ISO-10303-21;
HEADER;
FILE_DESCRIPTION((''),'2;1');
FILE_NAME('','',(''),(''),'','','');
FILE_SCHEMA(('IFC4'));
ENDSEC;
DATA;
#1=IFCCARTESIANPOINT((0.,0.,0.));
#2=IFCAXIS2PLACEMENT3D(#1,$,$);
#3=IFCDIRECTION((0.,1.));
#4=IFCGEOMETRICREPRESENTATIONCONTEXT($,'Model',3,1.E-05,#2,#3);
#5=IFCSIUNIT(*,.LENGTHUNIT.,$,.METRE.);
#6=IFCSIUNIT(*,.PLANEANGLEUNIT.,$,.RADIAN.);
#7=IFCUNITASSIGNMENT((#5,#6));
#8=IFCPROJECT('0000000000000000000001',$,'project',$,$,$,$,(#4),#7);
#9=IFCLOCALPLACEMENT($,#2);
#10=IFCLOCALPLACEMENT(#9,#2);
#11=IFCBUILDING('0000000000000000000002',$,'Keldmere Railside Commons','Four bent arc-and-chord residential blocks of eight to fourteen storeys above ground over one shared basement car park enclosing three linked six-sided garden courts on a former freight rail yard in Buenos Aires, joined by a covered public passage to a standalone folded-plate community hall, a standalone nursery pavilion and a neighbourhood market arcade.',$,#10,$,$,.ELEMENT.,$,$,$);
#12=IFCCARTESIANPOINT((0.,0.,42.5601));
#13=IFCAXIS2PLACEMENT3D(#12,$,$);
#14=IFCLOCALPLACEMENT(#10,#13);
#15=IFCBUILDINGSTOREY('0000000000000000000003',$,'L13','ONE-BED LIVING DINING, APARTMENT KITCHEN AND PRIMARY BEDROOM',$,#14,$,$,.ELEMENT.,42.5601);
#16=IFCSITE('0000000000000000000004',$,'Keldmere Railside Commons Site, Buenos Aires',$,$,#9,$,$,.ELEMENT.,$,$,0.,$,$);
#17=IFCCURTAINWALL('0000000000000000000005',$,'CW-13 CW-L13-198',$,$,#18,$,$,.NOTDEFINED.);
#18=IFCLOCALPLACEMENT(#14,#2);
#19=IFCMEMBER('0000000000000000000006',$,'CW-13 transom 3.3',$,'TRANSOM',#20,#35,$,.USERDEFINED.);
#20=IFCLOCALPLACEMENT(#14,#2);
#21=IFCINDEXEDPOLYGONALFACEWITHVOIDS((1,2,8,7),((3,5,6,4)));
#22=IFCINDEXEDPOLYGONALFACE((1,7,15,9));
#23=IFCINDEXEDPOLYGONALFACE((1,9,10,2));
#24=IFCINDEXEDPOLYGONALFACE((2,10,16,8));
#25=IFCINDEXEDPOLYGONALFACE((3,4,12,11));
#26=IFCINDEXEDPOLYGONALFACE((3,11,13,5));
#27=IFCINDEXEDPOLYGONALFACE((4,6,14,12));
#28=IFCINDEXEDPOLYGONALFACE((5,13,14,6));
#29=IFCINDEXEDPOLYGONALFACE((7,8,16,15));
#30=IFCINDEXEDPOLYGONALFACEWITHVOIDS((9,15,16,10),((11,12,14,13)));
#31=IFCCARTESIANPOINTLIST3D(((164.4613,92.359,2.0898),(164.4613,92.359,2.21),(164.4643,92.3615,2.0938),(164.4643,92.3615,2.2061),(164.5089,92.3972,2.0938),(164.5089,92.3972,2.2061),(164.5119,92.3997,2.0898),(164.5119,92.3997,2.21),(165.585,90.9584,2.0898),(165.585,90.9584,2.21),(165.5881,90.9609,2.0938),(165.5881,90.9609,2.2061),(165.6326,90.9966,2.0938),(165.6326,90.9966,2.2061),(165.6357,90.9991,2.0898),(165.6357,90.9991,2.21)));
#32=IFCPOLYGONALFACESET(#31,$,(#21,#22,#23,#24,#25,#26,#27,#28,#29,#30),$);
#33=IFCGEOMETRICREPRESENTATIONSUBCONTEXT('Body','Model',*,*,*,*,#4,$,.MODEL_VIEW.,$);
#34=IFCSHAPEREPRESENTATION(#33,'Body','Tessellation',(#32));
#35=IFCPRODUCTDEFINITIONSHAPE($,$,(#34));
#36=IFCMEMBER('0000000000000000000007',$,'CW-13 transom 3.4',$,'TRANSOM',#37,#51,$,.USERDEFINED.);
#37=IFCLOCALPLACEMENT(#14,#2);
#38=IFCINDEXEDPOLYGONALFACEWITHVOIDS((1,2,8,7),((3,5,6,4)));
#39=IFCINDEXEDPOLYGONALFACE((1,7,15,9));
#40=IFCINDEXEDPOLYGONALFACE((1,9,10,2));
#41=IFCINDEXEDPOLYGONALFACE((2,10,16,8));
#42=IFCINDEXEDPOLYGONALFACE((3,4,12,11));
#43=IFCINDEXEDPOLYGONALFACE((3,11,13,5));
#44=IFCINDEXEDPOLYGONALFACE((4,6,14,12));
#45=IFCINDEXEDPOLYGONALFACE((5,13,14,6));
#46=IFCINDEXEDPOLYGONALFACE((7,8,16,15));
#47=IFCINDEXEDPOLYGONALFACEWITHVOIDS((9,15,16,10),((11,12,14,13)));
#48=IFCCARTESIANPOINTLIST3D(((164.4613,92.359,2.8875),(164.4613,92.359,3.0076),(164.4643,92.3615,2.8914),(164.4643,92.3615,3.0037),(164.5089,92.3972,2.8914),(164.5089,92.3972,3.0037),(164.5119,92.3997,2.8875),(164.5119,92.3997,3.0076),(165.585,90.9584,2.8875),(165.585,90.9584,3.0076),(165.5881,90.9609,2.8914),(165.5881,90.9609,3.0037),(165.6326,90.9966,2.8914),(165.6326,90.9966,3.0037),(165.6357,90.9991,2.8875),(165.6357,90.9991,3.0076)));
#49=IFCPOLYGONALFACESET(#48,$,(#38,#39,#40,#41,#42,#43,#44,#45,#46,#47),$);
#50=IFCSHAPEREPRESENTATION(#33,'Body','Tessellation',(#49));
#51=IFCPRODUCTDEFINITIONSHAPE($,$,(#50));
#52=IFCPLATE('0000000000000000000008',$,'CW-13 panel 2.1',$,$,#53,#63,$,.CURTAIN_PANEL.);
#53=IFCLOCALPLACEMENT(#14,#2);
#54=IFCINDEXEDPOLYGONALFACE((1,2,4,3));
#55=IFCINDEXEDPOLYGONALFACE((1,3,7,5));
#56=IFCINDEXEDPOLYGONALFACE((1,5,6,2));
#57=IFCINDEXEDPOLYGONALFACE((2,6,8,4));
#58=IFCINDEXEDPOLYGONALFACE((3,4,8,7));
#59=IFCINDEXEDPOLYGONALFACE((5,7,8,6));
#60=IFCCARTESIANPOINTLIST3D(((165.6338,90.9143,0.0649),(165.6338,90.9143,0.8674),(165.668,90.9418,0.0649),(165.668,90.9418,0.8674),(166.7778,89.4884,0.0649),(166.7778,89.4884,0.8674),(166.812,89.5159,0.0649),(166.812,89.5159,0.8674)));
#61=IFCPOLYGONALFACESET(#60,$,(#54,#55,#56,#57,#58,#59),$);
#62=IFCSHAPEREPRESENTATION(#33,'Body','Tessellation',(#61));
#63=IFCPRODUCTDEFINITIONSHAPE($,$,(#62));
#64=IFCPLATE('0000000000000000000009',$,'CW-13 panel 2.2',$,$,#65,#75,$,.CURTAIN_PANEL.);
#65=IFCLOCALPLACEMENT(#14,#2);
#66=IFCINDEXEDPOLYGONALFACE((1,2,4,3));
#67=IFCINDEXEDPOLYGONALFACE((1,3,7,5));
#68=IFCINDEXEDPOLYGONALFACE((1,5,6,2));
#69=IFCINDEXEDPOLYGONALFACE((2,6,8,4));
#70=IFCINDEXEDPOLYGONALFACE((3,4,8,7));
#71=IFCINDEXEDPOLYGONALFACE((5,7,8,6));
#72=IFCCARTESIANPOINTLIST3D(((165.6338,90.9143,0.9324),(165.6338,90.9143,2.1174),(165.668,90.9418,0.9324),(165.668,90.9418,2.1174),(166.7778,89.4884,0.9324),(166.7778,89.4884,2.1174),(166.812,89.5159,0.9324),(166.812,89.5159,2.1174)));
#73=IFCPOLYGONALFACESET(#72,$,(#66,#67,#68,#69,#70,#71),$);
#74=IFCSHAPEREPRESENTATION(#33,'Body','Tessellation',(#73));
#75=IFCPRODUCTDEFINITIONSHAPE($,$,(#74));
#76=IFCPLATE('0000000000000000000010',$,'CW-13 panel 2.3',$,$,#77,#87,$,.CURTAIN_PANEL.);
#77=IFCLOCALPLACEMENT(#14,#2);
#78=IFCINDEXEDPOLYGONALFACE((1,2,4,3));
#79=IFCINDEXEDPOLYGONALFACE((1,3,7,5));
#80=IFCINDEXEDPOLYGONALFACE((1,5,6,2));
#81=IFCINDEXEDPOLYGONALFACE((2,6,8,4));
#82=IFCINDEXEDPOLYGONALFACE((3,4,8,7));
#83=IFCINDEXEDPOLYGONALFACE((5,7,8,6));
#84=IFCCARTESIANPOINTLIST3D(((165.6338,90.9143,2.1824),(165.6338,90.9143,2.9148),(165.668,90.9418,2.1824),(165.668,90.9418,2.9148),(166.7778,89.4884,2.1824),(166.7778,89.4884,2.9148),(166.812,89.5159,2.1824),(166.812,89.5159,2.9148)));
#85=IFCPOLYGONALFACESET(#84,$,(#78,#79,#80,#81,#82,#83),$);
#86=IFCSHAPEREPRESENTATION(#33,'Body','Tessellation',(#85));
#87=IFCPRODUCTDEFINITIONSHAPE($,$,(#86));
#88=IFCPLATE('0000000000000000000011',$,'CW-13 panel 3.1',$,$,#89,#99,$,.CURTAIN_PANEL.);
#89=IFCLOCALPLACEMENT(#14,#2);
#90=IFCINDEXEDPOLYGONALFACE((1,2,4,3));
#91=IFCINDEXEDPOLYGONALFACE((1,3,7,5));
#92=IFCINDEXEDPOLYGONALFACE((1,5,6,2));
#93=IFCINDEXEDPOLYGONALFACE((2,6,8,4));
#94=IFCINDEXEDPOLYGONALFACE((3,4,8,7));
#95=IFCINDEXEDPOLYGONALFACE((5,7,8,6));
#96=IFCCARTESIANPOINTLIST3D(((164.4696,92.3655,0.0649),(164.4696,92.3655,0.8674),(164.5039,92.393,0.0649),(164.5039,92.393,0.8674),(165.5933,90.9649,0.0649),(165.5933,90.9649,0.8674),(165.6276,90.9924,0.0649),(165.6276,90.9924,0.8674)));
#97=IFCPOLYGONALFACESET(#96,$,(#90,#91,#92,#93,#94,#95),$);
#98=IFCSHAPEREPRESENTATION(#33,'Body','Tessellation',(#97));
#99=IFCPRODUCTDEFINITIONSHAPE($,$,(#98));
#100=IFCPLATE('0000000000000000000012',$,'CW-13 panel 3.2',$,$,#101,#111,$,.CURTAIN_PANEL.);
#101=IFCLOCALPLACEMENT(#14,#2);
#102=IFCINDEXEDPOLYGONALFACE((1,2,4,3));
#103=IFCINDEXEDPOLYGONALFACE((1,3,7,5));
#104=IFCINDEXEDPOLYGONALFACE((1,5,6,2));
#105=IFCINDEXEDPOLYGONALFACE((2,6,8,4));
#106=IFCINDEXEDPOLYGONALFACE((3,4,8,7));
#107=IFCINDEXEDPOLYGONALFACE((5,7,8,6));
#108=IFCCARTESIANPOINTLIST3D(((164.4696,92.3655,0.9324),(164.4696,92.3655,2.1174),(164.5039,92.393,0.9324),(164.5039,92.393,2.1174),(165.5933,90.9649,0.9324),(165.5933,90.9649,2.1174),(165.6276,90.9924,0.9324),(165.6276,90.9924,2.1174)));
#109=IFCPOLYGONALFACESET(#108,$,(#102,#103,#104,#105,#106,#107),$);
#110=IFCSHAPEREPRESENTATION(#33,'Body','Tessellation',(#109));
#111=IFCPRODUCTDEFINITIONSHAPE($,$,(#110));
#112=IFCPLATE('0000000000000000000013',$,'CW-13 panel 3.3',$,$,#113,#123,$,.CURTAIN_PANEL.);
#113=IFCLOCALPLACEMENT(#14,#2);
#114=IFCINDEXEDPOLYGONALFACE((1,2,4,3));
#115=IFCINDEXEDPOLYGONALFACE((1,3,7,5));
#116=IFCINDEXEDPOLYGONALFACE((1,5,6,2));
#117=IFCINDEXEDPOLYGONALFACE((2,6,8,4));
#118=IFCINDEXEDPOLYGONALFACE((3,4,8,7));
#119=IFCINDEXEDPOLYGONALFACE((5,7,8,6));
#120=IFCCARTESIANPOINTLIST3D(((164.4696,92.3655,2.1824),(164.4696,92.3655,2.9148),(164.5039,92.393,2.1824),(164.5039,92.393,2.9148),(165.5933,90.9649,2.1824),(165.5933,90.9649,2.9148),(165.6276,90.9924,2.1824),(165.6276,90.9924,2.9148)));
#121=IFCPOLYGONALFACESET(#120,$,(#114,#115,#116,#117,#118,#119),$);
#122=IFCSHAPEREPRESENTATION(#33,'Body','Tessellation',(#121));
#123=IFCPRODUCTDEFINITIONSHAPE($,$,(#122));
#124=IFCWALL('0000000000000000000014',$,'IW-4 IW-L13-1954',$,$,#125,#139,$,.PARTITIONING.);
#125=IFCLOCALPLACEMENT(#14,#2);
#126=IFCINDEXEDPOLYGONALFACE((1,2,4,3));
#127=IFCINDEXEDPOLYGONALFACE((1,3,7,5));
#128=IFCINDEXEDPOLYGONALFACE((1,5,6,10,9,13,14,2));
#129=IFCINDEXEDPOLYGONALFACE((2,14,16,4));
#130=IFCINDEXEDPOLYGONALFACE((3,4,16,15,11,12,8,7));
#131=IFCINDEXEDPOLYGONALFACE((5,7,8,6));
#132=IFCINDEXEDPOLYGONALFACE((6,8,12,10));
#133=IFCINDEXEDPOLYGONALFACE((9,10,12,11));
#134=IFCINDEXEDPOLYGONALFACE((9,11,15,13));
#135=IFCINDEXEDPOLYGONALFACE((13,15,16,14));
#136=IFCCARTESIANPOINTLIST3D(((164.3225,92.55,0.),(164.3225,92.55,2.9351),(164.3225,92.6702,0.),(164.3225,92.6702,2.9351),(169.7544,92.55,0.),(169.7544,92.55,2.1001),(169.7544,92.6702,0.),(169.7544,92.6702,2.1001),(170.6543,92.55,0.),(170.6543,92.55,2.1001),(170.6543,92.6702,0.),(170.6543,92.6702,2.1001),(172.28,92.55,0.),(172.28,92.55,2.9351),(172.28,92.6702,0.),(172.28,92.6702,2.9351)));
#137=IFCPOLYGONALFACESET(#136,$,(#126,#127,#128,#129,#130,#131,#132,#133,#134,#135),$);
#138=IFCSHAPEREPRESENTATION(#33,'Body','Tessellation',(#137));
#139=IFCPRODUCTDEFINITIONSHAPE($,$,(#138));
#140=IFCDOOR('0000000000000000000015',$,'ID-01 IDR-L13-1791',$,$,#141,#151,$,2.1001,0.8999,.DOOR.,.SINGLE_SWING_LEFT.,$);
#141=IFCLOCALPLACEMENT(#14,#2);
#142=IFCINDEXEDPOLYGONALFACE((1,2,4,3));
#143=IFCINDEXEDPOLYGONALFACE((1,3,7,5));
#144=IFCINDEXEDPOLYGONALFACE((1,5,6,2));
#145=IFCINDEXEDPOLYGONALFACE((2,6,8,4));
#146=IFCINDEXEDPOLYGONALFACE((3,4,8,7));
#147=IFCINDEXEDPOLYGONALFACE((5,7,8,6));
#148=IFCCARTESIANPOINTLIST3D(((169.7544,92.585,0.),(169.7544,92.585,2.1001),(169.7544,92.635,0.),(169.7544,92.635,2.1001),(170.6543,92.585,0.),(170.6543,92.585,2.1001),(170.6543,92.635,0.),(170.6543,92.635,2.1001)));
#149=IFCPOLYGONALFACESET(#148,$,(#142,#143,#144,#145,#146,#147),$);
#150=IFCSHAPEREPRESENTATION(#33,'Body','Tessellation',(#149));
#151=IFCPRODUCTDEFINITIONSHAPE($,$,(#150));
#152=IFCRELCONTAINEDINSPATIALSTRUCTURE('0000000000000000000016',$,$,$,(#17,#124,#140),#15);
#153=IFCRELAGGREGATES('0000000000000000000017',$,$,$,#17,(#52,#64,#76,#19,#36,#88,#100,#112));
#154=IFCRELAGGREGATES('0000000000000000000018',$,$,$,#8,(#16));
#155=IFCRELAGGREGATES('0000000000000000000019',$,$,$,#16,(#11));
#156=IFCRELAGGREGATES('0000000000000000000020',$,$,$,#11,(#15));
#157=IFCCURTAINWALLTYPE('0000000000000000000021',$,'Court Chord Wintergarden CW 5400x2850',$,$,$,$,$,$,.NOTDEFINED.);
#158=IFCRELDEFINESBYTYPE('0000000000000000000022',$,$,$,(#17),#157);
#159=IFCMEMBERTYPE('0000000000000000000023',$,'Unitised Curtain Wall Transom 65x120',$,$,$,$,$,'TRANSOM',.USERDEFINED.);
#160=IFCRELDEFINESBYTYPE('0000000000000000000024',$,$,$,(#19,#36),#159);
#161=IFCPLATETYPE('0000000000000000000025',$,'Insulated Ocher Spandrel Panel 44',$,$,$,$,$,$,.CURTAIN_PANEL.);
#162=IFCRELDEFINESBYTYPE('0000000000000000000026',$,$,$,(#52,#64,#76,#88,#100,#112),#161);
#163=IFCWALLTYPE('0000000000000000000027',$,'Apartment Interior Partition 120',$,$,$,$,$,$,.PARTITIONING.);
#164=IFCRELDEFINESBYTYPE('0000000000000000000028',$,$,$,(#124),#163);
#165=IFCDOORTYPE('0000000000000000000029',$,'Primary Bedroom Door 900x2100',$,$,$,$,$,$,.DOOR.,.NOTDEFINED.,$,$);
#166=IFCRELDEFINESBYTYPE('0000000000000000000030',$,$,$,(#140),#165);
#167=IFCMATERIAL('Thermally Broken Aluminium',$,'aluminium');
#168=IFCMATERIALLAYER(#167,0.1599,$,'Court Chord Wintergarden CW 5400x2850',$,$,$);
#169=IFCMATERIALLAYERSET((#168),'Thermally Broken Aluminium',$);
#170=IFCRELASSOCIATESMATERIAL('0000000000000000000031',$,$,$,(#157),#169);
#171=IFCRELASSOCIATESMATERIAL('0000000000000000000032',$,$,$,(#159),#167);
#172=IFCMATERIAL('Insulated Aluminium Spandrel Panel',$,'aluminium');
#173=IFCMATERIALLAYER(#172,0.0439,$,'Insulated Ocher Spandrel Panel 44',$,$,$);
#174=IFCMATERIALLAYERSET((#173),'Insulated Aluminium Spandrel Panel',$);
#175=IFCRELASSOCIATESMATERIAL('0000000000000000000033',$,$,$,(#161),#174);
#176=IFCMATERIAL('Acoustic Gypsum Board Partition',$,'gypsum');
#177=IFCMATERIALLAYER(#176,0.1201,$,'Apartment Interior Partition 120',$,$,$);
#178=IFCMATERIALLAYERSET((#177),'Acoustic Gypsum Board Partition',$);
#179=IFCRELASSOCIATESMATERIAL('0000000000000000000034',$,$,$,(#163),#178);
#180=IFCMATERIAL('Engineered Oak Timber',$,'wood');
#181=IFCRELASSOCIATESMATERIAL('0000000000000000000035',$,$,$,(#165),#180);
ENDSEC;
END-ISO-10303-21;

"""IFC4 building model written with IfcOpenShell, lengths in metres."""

from ifc_helpers import new_model, si_unit, direction, frame, frame_2d, origin, origin_2d, place, context, subcontext, project, spatial, rectangle, hollow_rectangle, extrude, material, layer, layer_set, material_profile, profile_set, type_object, element, fill, aggregate, save


model = new_model("IFC4")

# Units and contexts
model_context = context("Model", 3, precision=1e-05, world=origin(), true_north=direction((0.0, 1.0)))
body_context = subcontext(model_context, "Body", "Model", "MODEL_VIEW")
ifc_project = project(units=[si_unit("LENGTHUNIT", "METRE"), si_unit("PLANEANGLEUNIT", "RADIAN")], contexts=[model_context])

# Site, building, storey
site_placement = place(None, origin())
site = spatial("IfcSite", under=ifc_project, at=site_placement, Name="Keldmere Railside Commons Site, Buenos Aires", CompositionType="ELEMENT", RefElevation=0.0)
building_placement = place(site_placement, origin())
building = spatial("IfcBuilding", under=site, at=building_placement, Name="Keldmere Railside Commons", Description="Four bent arc-and-chord residential blocks of eight to fourteen storeys above ground over one shared basement car park enclosing three linked six-sided garden courts on a former freight rail yard in Buenos Aires, joined by a covered public passage to a standalone folded-plate community hall, a standalone nursery pavilion and a neighbourhood market arcade.", CompositionType="ELEMENT")
storey_placement = place(building_placement, frame((0.0, 0.0, 42.5601)))
storey = spatial("IfcBuildingStorey", under=building, at=storey_placement, Name="L13", Description="ONE-BED LIVING DINING, APARTMENT KITCHEN AND PRIMARY BEDROOM", CompositionType="ELEMENT", Elevation=42.5601)

# Shared definitions
ifc_material_1 = material(Name="Thermally Broken Aluminium", Category="aluminium")

# Curtain wall
ifc_layer_1 = layer(ifc_material_1, 0.1599, Name="Court Chord Wintergarden CW 5400x2850")
ifc_layer_set_1 = layer_set([ifc_layer_1], Name="Thermally Broken Aluminium")
curtain_wall_type_1 = type_object("IfcCurtainWallType", Name="Court Chord Wintergarden CW 5400x2850", PredefinedType="NOTDEFINED", material=ifc_layer_set_1)
curtain_wall_1_placement = place(storey_placement, origin())
curtain_wall_1 = element("IfcCurtainWall", 1, at=curtain_wall_1_placement, inside=storey, type_object=curtain_wall_type_1, Name="CW-13 CW-L13-198", PredefinedType="NOTDEFINED")

# Members
ifc_material_profile_1 = material_profile(ifc_material_1, hollow_rectangle(XDim=0.0649, YDim=0.1201, WallThickness=0.0039, at=origin_2d()), Name="ALU-TRAN-65x120")
ifc_profile_set_1 = profile_set([ifc_material_profile_1], Name="Thermally Broken Aluminium")
member_type_1 = type_object("IfcMemberType", Name="Unitised Curtain Wall Transom 65x120", ElementType="TRANSOM", PredefinedType="USERDEFINED", material=ifc_profile_set_1)
member_1_placement = place(storey_placement, frame((165.6104, 90.9788, 2.1499), z_axis=(-0.625805, 0.779979, 0.0), x_axis=(-0.779979, -0.625805, 0.0)))
member_1 = element("IfcMember", 2, at=member_1_placement, type_object=member_type_1, Name="CW-13 transom 3.3", ObjectType="TRANSOM", PredefinedType="USERDEFINED", context=body_context, shape_type="SweptSolid", body=[
    extrude(hollow_rectangle(XDim=0.0649, YDim=0.1201, WallThickness=0.0039, at=origin_2d()), origin(), (0.0, 0.0, 1.0), 1.7957),
])
member_2_placement = place(storey_placement, frame((165.6104, 90.9788, 2.9475), z_axis=(-0.625805, 0.779979, 0.0), x_axis=(-0.779979, -0.625805, 0.0)))
member_2 = element("IfcMember", 3, at=member_2_placement, type_object=member_type_1, Name="CW-13 transom 3.4", ObjectType="TRANSOM", PredefinedType="USERDEFINED", context=body_context, shape_type="SweptSolid", body=[
    extrude(hollow_rectangle(XDim=0.0649, YDim=0.1201, WallThickness=0.0039, at=origin_2d()), origin(), (0.0, 0.0, 1.0), 1.7957),
])

# Plates
ifc_material_2 = material(Name="Insulated Aluminium Spandrel Panel", Category="aluminium")
ifc_layer_2 = layer(ifc_material_2, 0.0439, Name="Insulated Ocher Spandrel Panel 44")
ifc_layer_set_2 = layer_set([ifc_layer_2], Name="Insulated Aluminium Spandrel Panel")
plate_type = type_object("IfcPlateType", Name="Insulated Ocher Spandrel Panel 44", PredefinedType="CURTAIN_PANEL", material=ifc_layer_set_2)
plate_1_placement = place(storey_placement, frame((166.2229, 90.2151, 0.0649), z_axis=(0.0, 0.0, 1.0), x_axis=(-0.625768, 0.780009, 0.0)))
plate_1 = element("IfcPlate", 4, at=plate_1_placement, type_object=plate_type, Name="CW-13 panel 2.1", PredefinedType="CURTAIN_PANEL", context=body_context, shape_type="SweptSolid", body=[
    extrude(rectangle(XDim=1.8281, YDim=0.0439, at=origin_2d()), origin(), (0.0, 0.0, 1.0), 0.8025),
])
plate_2_placement = place(storey_placement, frame((166.2229, 90.2151, 0.9324), z_axis=(0.0, 0.0, 1.0), x_axis=(-0.625768, 0.780009, 0.0)))
plate_2 = element("IfcPlate", 5, at=plate_2_placement, type_object=plate_type, Name="CW-13 panel 2.2", PredefinedType="CURTAIN_PANEL", context=body_context, shape_type="SweptSolid", body=[
    extrude(rectangle(XDim=1.8281, YDim=0.0439, at=origin_2d()), origin(), (0.0, 0.0, 1.0), 1.1851),
])
plate_3_placement = place(storey_placement, frame((166.2229, 90.2151, 2.1824), z_axis=(0.0, 0.0, 1.0), x_axis=(-0.625768, 0.780009, 0.0)))
plate_3 = element("IfcPlate", 6, at=plate_3_placement, type_object=plate_type, Name="CW-13 panel 2.3", PredefinedType="CURTAIN_PANEL", context=body_context, shape_type="SweptSolid", body=[
    extrude(rectangle(XDim=1.8281, YDim=0.0439, at=origin_2d()), origin(), (0.0, 0.0, 1.0), 0.7324),
])
plate_4_placement = place(storey_placement, frame((165.0486, 91.679, 0.0649), z_axis=(0.0, 0.0, 1.0), x_axis=(-0.625768, 0.780009, 0.0)))
plate_4 = element("IfcPlate", 7, at=plate_4_placement, type_object=plate_type, Name="CW-13 panel 3.1", PredefinedType="CURTAIN_PANEL", context=body_context, shape_type="SweptSolid", body=[
    extrude(rectangle(XDim=1.7957, YDim=0.0439, at=origin_2d()), origin(), (0.0, 0.0, 1.0), 0.8025),
])
plate_5_placement = place(storey_placement, frame((165.0486, 91.679, 0.9324), z_axis=(0.0, 0.0, 1.0), x_axis=(-0.625768, 0.780009, 0.0)))
plate_5 = element("IfcPlate", 8, at=plate_5_placement, type_object=plate_type, Name="CW-13 panel 3.2", PredefinedType="CURTAIN_PANEL", context=body_context, shape_type="SweptSolid", body=[
    extrude(rectangle(XDim=1.7957, YDim=0.0439, at=origin_2d()), origin(), (0.0, 0.0, 1.0), 1.1851),
])
plate_6_placement = place(storey_placement, frame((165.0486, 91.679, 2.1824), z_axis=(0.0, 0.0, 1.0), x_axis=(-0.625768, 0.780009, 0.0)))
plate_6 = element("IfcPlate", 9, at=plate_6_placement, type_object=plate_type, Name="CW-13 panel 3.3", PredefinedType="CURTAIN_PANEL", context=body_context, shape_type="SweptSolid", body=[
    extrude(rectangle(XDim=1.7957, YDim=0.0439, at=origin_2d()), origin(), (0.0, 0.0, 1.0), 0.7324),
])
aggregate(curtain_wall_1, [plate_1, plate_2, plate_3, member_1, member_2, plate_4, plate_5, plate_6])

# Wall, opening, door
ifc_material_3 = material(Name="Acoustic Gypsum Board Partition", Category="gypsum")
ifc_layer_3 = layer(ifc_material_3, 0.1201, Name="Apartment Interior Partition 120")
ifc_layer_set_3 = layer_set([ifc_layer_3], Name="Acoustic Gypsum Board Partition")
wall_type = type_object("IfcWallType", Name="Apartment Interior Partition 120", PredefinedType="PARTITIONING", material=ifc_layer_set_3)
wall_placement = place(storey_placement, frame((164.3225, 92.6101, 0.0), z_axis=(0.0, 0.0, 1.0), x_axis=(1.0, 0.0, 0.0)))
wall = element("IfcWall", 10, at=wall_placement, inside=storey, type_object=wall_type, Name="IW-4 IW-L13-1954", PredefinedType="PARTITIONING", context=body_context, shape_type="SweptSolid", body=[
    extrude(rectangle(XDim=7.9575, YDim=0.1201, at=frame_2d((3.9788, 0.0))), origin(), (0.0, 0.0, 1.0), 2.9351),
])
opening_placement = place(wall_placement, frame((5.4319, 0.0, 0.0)))
opening = element("IfcOpeningElement", 11, at=opening_placement, cuts=wall, PredefinedType="OPENING", context=body_context, shape_type="SweptSolid", body=[
    extrude(rectangle(XDim=0.8999, YDim=2.1001, at=frame_2d((0.45, 1.05))), frame((0.0, 0.0701, 0.0), z_axis=(0.0, -1.0, 0.0), x_axis=(1.0, 0.0, 0.0)), (0.0, 0.0, 1.0), 0.1401),
])
ifc_material_4 = material(Name="Engineered Oak Timber", Category="wood")
door_type = type_object("IfcDoorType", Name="Primary Bedroom Door 900x2100", OperationType="NOTDEFINED", PredefinedType="DOOR", material=ifc_material_4)
door_placement = place(opening_placement, origin())
door = element("IfcDoor", 12, at=door_placement, inside=storey, type_object=door_type, Name="ID-01 IDR-L13-1791", OperationType="SINGLE_SWING_LEFT", OverallHeight=2.1001, OverallWidth=0.8999, PredefinedType="DOOR", context=body_context, shape_type="SweptSolid", body=[
    extrude(rectangle(XDim=0.8999, YDim=2.1001, at=frame_2d((0.45, 1.05))), frame((0.0, 0.0249, 0.0), z_axis=(0.0, -1.0, 0.0), x_axis=(1.0, 0.0, 0.0)), (0.0, 0.0, 1.0), 0.05),
])
fill(opening, door)

save(model, "model.ifc")
